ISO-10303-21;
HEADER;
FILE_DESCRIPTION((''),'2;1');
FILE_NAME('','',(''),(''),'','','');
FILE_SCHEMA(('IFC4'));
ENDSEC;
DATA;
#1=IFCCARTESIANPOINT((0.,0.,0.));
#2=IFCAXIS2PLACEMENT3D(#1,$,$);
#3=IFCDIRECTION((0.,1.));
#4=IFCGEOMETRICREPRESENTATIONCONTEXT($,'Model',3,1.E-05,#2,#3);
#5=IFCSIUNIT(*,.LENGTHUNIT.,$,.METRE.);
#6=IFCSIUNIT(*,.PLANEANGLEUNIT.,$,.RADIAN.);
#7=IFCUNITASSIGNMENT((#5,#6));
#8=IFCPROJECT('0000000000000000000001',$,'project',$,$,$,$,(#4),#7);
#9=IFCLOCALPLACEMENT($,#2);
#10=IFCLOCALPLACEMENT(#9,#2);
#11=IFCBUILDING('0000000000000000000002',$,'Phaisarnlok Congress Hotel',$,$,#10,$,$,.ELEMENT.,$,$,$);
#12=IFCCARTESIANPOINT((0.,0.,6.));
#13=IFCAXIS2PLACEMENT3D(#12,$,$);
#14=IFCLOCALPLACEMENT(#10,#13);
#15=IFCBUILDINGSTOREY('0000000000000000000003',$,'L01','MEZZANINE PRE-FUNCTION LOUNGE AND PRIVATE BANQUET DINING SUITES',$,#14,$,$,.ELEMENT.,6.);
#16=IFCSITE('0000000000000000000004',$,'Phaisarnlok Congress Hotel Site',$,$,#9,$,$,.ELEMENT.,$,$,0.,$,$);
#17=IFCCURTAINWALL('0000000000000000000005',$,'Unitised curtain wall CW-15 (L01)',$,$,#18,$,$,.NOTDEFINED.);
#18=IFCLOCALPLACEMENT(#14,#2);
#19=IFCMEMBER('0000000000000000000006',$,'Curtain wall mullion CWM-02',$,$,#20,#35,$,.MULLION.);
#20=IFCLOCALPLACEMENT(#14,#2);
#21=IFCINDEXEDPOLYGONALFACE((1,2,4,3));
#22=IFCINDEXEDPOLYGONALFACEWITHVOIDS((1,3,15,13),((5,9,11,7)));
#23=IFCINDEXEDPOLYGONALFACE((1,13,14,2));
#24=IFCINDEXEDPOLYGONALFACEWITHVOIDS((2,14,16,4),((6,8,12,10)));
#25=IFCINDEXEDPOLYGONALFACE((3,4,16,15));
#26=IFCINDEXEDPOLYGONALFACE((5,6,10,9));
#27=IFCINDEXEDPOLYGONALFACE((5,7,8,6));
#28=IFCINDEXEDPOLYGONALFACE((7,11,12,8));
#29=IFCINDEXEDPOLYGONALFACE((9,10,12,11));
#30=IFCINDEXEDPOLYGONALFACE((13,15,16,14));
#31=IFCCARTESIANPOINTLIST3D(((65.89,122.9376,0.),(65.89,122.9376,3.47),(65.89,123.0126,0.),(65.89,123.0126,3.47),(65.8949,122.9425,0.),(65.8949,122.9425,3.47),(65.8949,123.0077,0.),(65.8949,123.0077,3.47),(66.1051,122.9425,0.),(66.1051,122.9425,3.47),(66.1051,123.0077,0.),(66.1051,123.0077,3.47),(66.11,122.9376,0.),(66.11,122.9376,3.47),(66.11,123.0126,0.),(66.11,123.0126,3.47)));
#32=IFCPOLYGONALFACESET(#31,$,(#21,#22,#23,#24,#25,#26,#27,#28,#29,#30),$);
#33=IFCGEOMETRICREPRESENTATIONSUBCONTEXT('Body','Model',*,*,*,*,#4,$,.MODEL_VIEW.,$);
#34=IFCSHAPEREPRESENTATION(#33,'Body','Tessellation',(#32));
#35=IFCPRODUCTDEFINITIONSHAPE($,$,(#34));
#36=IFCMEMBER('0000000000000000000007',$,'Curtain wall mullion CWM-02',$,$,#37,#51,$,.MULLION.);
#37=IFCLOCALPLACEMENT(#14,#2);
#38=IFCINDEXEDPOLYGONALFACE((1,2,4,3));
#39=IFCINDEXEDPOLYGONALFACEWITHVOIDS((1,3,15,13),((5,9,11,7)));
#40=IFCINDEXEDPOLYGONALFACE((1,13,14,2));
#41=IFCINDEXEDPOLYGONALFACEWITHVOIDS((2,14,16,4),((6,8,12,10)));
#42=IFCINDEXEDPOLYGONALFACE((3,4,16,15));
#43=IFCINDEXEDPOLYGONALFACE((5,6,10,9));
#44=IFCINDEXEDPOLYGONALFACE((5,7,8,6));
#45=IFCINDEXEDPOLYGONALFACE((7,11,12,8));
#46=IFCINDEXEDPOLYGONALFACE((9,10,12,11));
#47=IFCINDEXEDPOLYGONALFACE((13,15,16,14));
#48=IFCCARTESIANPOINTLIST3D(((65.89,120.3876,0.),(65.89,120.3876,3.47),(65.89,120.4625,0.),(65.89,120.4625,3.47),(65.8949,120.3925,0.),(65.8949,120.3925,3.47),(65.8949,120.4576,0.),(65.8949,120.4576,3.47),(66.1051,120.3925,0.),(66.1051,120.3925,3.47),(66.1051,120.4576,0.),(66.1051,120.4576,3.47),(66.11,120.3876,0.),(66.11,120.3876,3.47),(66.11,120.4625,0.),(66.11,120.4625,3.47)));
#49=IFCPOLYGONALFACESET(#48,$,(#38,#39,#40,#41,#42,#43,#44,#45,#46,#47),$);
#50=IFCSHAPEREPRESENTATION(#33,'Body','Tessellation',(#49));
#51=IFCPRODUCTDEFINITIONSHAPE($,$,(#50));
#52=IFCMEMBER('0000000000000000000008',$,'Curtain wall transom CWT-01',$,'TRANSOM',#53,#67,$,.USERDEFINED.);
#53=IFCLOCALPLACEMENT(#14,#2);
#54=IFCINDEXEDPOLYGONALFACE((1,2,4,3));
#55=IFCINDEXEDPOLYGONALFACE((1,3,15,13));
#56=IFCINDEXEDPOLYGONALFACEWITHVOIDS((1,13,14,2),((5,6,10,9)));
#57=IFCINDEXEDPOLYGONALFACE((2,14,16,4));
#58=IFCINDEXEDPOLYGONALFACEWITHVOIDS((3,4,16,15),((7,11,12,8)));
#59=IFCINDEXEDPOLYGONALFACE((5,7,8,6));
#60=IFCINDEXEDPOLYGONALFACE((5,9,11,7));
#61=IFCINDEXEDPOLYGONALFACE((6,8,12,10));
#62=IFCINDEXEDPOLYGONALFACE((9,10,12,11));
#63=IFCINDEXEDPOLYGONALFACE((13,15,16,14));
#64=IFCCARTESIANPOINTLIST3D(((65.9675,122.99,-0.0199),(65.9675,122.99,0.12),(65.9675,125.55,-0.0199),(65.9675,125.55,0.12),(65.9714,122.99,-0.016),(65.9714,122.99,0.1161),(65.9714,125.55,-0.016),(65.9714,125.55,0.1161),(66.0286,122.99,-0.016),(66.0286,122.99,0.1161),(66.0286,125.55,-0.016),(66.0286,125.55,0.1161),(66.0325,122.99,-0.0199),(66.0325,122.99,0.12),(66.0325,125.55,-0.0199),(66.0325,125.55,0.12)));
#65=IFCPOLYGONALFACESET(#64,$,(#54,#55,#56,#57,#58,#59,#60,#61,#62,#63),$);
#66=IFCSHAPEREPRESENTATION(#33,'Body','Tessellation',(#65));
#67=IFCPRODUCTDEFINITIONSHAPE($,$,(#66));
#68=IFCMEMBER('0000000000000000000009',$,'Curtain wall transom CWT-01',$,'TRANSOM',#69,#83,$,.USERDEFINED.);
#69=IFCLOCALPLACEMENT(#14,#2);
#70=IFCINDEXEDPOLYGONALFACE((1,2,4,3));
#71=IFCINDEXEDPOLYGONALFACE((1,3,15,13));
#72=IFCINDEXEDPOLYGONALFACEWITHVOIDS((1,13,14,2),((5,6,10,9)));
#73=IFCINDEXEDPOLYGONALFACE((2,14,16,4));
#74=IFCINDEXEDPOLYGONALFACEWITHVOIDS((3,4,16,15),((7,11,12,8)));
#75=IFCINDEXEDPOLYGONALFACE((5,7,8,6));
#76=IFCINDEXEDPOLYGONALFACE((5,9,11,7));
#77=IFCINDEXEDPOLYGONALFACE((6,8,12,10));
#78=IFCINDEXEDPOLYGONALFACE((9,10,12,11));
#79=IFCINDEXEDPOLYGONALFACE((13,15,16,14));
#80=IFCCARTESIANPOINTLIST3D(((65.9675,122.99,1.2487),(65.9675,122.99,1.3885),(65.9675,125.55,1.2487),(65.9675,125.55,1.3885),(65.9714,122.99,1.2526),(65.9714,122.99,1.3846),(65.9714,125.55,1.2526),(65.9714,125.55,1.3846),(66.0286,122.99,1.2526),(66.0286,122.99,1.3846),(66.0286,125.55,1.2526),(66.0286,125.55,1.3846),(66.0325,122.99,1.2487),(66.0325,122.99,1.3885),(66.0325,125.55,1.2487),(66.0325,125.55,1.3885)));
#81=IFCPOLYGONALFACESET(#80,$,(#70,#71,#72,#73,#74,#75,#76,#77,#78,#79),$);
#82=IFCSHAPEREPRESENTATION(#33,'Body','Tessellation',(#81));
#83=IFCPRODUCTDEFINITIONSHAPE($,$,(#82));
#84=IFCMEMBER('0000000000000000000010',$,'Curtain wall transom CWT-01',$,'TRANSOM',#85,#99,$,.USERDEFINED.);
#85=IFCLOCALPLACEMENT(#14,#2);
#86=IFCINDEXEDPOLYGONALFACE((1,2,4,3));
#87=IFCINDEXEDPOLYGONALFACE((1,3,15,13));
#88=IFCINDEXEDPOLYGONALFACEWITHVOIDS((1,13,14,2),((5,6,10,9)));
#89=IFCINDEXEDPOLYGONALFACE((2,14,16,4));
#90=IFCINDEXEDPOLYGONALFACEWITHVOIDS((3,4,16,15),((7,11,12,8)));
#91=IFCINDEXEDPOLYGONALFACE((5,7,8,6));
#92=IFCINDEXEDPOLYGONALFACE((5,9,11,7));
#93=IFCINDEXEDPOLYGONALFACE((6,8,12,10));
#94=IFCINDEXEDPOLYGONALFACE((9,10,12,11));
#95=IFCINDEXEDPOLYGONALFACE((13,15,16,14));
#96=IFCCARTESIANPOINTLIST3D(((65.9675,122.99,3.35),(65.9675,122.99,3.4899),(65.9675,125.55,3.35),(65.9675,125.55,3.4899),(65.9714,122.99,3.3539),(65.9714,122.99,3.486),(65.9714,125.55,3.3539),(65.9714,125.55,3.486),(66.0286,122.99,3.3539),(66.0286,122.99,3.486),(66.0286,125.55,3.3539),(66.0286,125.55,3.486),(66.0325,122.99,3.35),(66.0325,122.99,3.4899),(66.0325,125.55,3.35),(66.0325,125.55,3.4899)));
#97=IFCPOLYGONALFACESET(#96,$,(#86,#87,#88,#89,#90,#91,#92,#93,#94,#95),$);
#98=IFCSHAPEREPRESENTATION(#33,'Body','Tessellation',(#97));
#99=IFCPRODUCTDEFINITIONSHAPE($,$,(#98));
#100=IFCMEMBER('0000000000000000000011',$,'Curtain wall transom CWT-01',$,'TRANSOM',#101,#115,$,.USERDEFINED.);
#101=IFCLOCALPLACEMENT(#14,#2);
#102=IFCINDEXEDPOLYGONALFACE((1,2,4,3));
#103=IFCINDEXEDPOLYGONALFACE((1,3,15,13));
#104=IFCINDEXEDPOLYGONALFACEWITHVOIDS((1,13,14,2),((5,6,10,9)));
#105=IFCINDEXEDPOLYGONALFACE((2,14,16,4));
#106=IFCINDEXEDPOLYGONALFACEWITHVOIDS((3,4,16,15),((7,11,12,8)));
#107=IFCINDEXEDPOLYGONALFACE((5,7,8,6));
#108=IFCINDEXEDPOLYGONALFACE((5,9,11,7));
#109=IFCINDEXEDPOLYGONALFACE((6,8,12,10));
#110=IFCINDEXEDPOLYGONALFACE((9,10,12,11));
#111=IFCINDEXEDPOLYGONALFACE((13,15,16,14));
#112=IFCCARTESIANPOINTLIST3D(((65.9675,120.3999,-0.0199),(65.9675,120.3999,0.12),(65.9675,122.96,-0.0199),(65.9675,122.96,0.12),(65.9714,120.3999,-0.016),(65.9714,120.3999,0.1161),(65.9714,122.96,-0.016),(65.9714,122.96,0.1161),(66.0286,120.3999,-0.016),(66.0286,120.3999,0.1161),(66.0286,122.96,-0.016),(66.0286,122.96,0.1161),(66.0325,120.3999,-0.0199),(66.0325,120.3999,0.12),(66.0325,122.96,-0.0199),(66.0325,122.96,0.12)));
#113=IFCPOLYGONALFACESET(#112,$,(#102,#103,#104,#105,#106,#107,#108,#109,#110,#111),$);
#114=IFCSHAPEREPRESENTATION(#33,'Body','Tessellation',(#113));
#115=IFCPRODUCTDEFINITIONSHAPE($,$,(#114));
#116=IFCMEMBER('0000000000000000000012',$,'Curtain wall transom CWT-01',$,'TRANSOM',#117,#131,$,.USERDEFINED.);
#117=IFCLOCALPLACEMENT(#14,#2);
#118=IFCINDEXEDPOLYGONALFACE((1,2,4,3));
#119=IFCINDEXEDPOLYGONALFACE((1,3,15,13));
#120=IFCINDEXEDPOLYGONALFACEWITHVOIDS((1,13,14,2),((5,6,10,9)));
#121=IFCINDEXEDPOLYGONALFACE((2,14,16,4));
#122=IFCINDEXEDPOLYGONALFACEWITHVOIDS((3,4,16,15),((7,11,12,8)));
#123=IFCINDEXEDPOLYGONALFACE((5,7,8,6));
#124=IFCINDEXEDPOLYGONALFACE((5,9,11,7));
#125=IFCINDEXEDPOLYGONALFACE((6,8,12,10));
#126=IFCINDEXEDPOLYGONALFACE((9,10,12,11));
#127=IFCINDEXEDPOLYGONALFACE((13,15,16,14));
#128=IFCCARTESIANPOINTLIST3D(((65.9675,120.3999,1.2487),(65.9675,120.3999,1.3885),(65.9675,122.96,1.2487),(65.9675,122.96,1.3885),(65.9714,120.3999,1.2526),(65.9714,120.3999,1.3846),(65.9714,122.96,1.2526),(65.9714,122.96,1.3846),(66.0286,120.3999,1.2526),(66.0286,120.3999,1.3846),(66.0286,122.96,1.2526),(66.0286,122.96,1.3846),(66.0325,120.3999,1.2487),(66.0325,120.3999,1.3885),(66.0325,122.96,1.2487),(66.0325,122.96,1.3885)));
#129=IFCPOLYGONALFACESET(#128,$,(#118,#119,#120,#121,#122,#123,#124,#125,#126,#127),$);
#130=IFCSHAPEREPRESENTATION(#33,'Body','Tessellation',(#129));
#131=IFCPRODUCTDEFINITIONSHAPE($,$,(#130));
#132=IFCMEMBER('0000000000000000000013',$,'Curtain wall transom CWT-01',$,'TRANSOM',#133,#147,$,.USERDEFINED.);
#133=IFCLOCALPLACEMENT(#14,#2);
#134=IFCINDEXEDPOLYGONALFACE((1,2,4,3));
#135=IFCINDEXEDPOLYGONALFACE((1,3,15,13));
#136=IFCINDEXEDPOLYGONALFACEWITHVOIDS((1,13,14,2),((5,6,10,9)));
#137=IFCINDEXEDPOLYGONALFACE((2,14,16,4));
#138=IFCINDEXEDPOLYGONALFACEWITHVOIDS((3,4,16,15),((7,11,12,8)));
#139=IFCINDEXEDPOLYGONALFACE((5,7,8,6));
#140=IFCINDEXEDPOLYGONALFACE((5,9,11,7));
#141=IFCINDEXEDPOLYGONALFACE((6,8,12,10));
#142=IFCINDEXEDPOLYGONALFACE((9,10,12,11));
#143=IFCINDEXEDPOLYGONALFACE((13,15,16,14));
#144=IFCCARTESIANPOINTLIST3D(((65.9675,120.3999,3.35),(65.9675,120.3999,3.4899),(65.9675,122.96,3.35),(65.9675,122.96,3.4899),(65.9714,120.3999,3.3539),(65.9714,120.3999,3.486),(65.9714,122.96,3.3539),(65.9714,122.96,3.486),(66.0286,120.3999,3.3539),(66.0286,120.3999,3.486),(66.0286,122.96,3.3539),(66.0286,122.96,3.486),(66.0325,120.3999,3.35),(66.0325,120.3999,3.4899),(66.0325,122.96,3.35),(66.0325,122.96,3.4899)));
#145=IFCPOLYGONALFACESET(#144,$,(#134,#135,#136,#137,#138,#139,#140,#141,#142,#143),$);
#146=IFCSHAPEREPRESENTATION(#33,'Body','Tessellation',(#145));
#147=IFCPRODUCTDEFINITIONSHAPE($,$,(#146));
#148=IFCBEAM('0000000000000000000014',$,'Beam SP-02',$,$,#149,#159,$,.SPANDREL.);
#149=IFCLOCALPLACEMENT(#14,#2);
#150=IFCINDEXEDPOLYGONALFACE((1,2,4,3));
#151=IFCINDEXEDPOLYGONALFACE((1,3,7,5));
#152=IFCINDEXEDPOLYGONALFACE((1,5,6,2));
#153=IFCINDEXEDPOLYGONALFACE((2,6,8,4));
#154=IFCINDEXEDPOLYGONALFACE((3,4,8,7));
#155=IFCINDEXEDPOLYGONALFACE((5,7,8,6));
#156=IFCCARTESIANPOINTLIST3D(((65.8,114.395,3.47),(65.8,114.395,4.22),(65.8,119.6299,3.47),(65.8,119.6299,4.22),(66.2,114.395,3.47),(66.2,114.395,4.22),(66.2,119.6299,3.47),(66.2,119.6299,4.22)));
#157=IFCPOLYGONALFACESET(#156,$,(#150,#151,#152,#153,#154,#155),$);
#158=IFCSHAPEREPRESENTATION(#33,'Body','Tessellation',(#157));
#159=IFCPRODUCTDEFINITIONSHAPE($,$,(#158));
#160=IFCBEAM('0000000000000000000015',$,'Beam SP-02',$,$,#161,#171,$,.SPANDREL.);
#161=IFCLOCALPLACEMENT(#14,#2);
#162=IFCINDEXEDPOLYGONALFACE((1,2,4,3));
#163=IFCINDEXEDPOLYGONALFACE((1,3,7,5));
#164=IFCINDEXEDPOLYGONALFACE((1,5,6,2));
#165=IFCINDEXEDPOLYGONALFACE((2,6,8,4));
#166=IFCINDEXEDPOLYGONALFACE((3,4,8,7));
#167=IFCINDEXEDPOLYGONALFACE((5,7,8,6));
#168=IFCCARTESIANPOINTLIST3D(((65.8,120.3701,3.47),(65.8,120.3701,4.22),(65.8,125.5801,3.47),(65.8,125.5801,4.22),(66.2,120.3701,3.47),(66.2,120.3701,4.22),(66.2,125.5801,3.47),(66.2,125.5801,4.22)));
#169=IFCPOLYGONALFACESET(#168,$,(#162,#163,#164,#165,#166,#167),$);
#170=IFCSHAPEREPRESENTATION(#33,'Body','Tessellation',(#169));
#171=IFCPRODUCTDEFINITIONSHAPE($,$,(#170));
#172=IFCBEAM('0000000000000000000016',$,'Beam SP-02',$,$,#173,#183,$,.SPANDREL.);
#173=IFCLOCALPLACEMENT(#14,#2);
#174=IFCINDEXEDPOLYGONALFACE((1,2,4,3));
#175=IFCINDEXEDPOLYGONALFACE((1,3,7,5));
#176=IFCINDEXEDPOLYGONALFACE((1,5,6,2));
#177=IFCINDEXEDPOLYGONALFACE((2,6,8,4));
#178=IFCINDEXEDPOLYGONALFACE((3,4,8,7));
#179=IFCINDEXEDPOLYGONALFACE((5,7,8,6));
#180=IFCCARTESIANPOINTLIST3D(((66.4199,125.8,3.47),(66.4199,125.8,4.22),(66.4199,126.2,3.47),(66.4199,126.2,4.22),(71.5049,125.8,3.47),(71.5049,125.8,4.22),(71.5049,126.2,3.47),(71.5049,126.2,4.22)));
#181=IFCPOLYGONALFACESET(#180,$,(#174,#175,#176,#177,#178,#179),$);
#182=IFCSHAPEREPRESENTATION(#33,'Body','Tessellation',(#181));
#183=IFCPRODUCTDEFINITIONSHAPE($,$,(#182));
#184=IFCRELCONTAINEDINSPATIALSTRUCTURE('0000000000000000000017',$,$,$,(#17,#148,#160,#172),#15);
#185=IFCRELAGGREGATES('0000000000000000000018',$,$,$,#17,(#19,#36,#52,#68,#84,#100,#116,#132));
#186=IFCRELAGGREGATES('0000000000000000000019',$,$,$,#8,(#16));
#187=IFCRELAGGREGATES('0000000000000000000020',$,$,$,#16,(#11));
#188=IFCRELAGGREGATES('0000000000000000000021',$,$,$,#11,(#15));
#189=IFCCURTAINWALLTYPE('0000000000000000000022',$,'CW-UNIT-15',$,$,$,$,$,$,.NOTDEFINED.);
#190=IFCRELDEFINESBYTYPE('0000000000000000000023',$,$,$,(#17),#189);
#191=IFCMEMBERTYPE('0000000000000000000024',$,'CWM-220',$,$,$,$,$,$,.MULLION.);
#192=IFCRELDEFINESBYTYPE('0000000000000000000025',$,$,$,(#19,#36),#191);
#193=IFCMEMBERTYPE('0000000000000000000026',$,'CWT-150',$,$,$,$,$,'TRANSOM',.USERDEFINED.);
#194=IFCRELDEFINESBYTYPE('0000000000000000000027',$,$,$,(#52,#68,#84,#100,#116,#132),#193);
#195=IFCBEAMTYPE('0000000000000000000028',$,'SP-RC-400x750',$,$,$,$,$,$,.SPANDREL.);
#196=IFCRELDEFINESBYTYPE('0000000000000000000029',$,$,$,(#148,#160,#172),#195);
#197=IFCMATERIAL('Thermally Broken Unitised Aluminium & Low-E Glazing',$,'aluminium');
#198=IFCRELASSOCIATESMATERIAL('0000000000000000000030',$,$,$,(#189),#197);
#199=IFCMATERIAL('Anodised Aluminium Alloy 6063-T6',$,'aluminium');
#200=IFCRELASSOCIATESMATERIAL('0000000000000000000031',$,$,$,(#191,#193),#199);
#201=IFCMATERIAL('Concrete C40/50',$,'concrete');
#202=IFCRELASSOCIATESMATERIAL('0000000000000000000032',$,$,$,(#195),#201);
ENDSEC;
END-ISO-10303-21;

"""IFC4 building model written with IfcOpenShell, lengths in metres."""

from ifc_helpers import new_model, si_unit, direction, frame, origin, origin_2d, place, context, subcontext, project, spatial, rectangle, hollow_rectangle, extrude, material, material_profile, profile_set, type_object, element, aggregate, save


model = new_model("IFC4")

# Units and contexts
model_context = context("Model", 3, precision=1e-05, world=origin(), true_north=direction((0.0, 1.0)))
body_context = subcontext(model_context, "Body", "Model", "MODEL_VIEW")
ifc_project = project(units=[si_unit("LENGTHUNIT", "METRE"), si_unit("PLANEANGLEUNIT", "RADIAN")], contexts=[model_context])

# Site, building, storey
site_placement = place(None, origin())
site = spatial("IfcSite", under=ifc_project, at=site_placement, Name="Phaisarnlok Congress Hotel Site", CompositionType="ELEMENT", RefElevation=0.0)
building_placement = place(site_placement, origin())
building = spatial("IfcBuilding", under=site, at=building_placement, Name="Phaisarnlok Congress Hotel", CompositionType="ELEMENT")
storey_placement = place(building_placement, frame((0.0, 0.0, 6.0)))
storey = spatial("IfcBuildingStorey", under=building, at=storey_placement, Name="L01", Description="MEZZANINE PRE-FUNCTION LOUNGE AND PRIVATE BANQUET DINING SUITES", CompositionType="ELEMENT", Elevation=6.0)

# Curtain wall, members
ifc_material_1 = material(Name="Thermally Broken Unitised Aluminium & Low-E Glazing", Category="aluminium")
curtain_wall_type = type_object("IfcCurtainWallType", Name="CW-UNIT-15", PredefinedType="NOTDEFINED", material=ifc_material_1)
curtain_wall_placement = place(storey_placement, origin())
curtain_wall = element("IfcCurtainWall", 1, at=curtain_wall_placement, inside=storey, type_object=curtain_wall_type, Name="Unitised curtain wall CW-15 (L01)", PredefinedType="NOTDEFINED")
ifc_material_2 = material(Name="Anodised Aluminium Alloy 6063-T6", Category="aluminium")
ifc_material_profile_1 = material_profile(ifc_material_2, hollow_rectangle(XDim=0.075, YDim=0.22, WallThickness=0.0049, at=origin_2d()), Name="ALU-M 75x220x5")
ifc_profile_set_1 = profile_set([ifc_material_profile_1], Name="Anodised Aluminium Alloy 6063-T6")
member_type_1 = type_object("IfcMemberType", Name="CWM-220", PredefinedType="MULLION", material=ifc_profile_set_1)
member_1_placement = place(storey_placement, frame((66.0, 122.9751, 0.0), z_axis=(0.0, 0.0, 1.0), x_axis=(0.0, -1.0, 0.0)))
member_1 = element("IfcMember", 2, at=member_1_placement, type_object=member_type_1, Name="Curtain wall mullion CWM-02", PredefinedType="MULLION", context=body_context, shape_type="SweptSolid", body=[
    extrude(hollow_rectangle(XDim=0.075, YDim=0.22, WallThickness=0.0049, at=origin_2d()), origin(), (0.0, 0.0, 1.0), 3.47),
])
member_2_placement = place(storey_placement, frame((66.0, 120.425, 0.0), z_axis=(0.0, 0.0, 1.0), x_axis=(0.0, -1.0, 0.0)))
member_2 = element("IfcMember", 3, at=member_2_placement, type_object=member_type_1, Name="Curtain wall mullion CWM-02", PredefinedType="MULLION", context=body_context, shape_type="SweptSolid", body=[
    extrude(hollow_rectangle(XDim=0.075, YDim=0.22, WallThickness=0.0049, at=origin_2d()), origin(), (0.0, 0.0, 1.0), 3.47),
])
ifc_material_profile_2 = material_profile(ifc_material_2, hollow_rectangle(XDim=0.0649, YDim=0.1399, WallThickness=0.0039, at=origin_2d()), Name="ALU-T 65x140x4")
ifc_profile_set_2 = profile_set([ifc_material_profile_2], Name="Anodised Aluminium Alloy 6063-T6")
member_type_2 = type_object("IfcMemberType", Name="CWT-150", ElementType="TRANSOM", PredefinedType="USERDEFINED", material=ifc_profile_set_2)
member_3_placement = place(storey_placement, frame((66.0, 125.55, 0.05), z_axis=(0.0, -1.0, 0.0), x_axis=(1.0, 0.0, 0.0)))
member_3 = element("IfcMember", 4, at=member_3_placement, type_object=member_type_2, Name="Curtain wall transom CWT-01", ObjectType="TRANSOM", PredefinedType="USERDEFINED", context=body_context, shape_type="SweptSolid", body=[
    extrude(hollow_rectangle(XDim=0.0649, YDim=0.1399, WallThickness=0.0039, at=origin_2d()), origin(), (0.0, 0.0, 1.0), 2.5601),
])
member_4_placement = place(storey_placement, frame((66.0, 125.55, 1.3186), z_axis=(0.0, -1.0, 0.0), x_axis=(1.0, 0.0, 0.0)))
member_4 = element("IfcMember", 5, at=member_4_placement, type_object=member_type_2, Name="Curtain wall transom CWT-01", ObjectType="TRANSOM", PredefinedType="USERDEFINED", context=body_context, shape_type="SweptSolid", body=[
    extrude(hollow_rectangle(XDim=0.0649, YDim=0.1399, WallThickness=0.0039, at=origin_2d()), origin(), (0.0, 0.0, 1.0), 2.5601),
])
member_5_placement = place(storey_placement, frame((66.0, 125.55, 3.4199), z_axis=(0.0, -1.0, 0.0), x_axis=(1.0, 0.0, 0.0)))
member_5 = element("IfcMember", 6, at=member_5_placement, type_object=member_type_2, Name="Curtain wall transom CWT-01", ObjectType="TRANSOM", PredefinedType="USERDEFINED", context=body_context, shape_type="SweptSolid", body=[
    extrude(hollow_rectangle(XDim=0.0649, YDim=0.1399, WallThickness=0.0039, at=origin_2d()), origin(), (0.0, 0.0, 1.0), 2.5601),
])
member_6_placement = place(storey_placement, frame((66.0, 122.96, 0.05), z_axis=(0.0, -1.0, 0.0), x_axis=(1.0, 0.0, 0.0)))
member_6 = element("IfcMember", 7, at=member_6_placement, type_object=member_type_2, Name="Curtain wall transom CWT-01", ObjectType="TRANSOM", PredefinedType="USERDEFINED", context=body_context, shape_type="SweptSolid", body=[
    extrude(hollow_rectangle(XDim=0.0649, YDim=0.1399, WallThickness=0.0039, at=origin_2d()), origin(), (0.0, 0.0, 1.0), 2.5601),
])
member_7_placement = place(storey_placement, frame((66.0, 122.96, 1.3186), z_axis=(0.0, -1.0, 0.0), x_axis=(1.0, 0.0, 0.0)))
member_7 = element("IfcMember", 8, at=member_7_placement, type_object=member_type_2, Name="Curtain wall transom CWT-01", ObjectType="TRANSOM", PredefinedType="USERDEFINED", context=body_context, shape_type="SweptSolid", body=[
    extrude(hollow_rectangle(XDim=0.0649, YDim=0.1399, WallThickness=0.0039, at=origin_2d()), origin(), (0.0, 0.0, 1.0), 2.5601),
])
member_8_placement = place(storey_placement, frame((66.0, 122.96, 3.4199), z_axis=(0.0, -1.0, 0.0), x_axis=(1.0, 0.0, 0.0)))
member_8 = element("IfcMember", 9, at=member_8_placement, type_object=member_type_2, Name="Curtain wall transom CWT-01", ObjectType="TRANSOM", PredefinedType="USERDEFINED", context=body_context, shape_type="SweptSolid", body=[
    extrude(hollow_rectangle(XDim=0.0649, YDim=0.1399, WallThickness=0.0039, at=origin_2d()), origin(), (0.0, 0.0, 1.0), 2.5601),
])

# Beams
ifc_material_3 = material(Name="Concrete C40/50", Category="concrete")
ifc_material_profile_3 = material_profile(ifc_material_3, rectangle(XDim=0.3999, YDim=0.75, at=origin_2d()), Name="RC 400x750")
ifc_profile_set_3 = profile_set([ifc_material_profile_3], Name="Concrete C40/50")
beam_type_1 = type_object("IfcBeamType", Name="SP-RC-400x750", PredefinedType="SPANDREL", material=ifc_profile_set_3)
beam_1_placement = place(storey_placement, frame((66.0, 114.395, 3.845), z_axis=(0.0, 1.0, 0.0), x_axis=(-1.0, 0.0, 0.0)))
element("IfcBeam", 10, at=beam_1_placement, inside=storey, type_object=beam_type_1, Name="Beam SP-02", PredefinedType="SPANDREL", context=body_context, shape_type="SweptSolid", body=[
    extrude(rectangle(XDim=0.3999, YDim=0.75, at=origin_2d()), origin(), (0.0, 0.0, 1.0), 5.2349),
])
beam_2_placement = place(storey_placement, frame((66.0, 120.3701, 3.845), z_axis=(0.0, 1.0, 0.0), x_axis=(-1.0, 0.0, 0.0)))
element("IfcBeam", 11, at=beam_2_placement, inside=storey, type_object=beam_type_1, Name="Beam SP-02", PredefinedType="SPANDREL", context=body_context, shape_type="SweptSolid", body=[
    extrude(rectangle(XDim=0.3999, YDim=0.75, at=origin_2d()), origin(), (0.0, 0.0, 1.0), 5.21),
])
beam_3_placement = place(storey_placement, frame((66.4199, 126.0, 3.845), z_axis=(1.0, 0.0, 0.0), x_axis=(0.0, 1.0, 0.0)))
element("IfcBeam", 12, at=beam_3_placement, inside=storey, type_object=beam_type_1, Name="Beam SP-02", PredefinedType="SPANDREL", context=body_context, shape_type="SweptSolid", body=[
    extrude(rectangle(XDim=0.3999, YDim=0.75, at=origin_2d()), origin(), (0.0, 0.0, 1.0), 5.085),
])

aggregate(curtain_wall, [member_1, member_2, member_3, member_4, member_5, member_6, member_7, member_8])

save(model, "model.ifc")
